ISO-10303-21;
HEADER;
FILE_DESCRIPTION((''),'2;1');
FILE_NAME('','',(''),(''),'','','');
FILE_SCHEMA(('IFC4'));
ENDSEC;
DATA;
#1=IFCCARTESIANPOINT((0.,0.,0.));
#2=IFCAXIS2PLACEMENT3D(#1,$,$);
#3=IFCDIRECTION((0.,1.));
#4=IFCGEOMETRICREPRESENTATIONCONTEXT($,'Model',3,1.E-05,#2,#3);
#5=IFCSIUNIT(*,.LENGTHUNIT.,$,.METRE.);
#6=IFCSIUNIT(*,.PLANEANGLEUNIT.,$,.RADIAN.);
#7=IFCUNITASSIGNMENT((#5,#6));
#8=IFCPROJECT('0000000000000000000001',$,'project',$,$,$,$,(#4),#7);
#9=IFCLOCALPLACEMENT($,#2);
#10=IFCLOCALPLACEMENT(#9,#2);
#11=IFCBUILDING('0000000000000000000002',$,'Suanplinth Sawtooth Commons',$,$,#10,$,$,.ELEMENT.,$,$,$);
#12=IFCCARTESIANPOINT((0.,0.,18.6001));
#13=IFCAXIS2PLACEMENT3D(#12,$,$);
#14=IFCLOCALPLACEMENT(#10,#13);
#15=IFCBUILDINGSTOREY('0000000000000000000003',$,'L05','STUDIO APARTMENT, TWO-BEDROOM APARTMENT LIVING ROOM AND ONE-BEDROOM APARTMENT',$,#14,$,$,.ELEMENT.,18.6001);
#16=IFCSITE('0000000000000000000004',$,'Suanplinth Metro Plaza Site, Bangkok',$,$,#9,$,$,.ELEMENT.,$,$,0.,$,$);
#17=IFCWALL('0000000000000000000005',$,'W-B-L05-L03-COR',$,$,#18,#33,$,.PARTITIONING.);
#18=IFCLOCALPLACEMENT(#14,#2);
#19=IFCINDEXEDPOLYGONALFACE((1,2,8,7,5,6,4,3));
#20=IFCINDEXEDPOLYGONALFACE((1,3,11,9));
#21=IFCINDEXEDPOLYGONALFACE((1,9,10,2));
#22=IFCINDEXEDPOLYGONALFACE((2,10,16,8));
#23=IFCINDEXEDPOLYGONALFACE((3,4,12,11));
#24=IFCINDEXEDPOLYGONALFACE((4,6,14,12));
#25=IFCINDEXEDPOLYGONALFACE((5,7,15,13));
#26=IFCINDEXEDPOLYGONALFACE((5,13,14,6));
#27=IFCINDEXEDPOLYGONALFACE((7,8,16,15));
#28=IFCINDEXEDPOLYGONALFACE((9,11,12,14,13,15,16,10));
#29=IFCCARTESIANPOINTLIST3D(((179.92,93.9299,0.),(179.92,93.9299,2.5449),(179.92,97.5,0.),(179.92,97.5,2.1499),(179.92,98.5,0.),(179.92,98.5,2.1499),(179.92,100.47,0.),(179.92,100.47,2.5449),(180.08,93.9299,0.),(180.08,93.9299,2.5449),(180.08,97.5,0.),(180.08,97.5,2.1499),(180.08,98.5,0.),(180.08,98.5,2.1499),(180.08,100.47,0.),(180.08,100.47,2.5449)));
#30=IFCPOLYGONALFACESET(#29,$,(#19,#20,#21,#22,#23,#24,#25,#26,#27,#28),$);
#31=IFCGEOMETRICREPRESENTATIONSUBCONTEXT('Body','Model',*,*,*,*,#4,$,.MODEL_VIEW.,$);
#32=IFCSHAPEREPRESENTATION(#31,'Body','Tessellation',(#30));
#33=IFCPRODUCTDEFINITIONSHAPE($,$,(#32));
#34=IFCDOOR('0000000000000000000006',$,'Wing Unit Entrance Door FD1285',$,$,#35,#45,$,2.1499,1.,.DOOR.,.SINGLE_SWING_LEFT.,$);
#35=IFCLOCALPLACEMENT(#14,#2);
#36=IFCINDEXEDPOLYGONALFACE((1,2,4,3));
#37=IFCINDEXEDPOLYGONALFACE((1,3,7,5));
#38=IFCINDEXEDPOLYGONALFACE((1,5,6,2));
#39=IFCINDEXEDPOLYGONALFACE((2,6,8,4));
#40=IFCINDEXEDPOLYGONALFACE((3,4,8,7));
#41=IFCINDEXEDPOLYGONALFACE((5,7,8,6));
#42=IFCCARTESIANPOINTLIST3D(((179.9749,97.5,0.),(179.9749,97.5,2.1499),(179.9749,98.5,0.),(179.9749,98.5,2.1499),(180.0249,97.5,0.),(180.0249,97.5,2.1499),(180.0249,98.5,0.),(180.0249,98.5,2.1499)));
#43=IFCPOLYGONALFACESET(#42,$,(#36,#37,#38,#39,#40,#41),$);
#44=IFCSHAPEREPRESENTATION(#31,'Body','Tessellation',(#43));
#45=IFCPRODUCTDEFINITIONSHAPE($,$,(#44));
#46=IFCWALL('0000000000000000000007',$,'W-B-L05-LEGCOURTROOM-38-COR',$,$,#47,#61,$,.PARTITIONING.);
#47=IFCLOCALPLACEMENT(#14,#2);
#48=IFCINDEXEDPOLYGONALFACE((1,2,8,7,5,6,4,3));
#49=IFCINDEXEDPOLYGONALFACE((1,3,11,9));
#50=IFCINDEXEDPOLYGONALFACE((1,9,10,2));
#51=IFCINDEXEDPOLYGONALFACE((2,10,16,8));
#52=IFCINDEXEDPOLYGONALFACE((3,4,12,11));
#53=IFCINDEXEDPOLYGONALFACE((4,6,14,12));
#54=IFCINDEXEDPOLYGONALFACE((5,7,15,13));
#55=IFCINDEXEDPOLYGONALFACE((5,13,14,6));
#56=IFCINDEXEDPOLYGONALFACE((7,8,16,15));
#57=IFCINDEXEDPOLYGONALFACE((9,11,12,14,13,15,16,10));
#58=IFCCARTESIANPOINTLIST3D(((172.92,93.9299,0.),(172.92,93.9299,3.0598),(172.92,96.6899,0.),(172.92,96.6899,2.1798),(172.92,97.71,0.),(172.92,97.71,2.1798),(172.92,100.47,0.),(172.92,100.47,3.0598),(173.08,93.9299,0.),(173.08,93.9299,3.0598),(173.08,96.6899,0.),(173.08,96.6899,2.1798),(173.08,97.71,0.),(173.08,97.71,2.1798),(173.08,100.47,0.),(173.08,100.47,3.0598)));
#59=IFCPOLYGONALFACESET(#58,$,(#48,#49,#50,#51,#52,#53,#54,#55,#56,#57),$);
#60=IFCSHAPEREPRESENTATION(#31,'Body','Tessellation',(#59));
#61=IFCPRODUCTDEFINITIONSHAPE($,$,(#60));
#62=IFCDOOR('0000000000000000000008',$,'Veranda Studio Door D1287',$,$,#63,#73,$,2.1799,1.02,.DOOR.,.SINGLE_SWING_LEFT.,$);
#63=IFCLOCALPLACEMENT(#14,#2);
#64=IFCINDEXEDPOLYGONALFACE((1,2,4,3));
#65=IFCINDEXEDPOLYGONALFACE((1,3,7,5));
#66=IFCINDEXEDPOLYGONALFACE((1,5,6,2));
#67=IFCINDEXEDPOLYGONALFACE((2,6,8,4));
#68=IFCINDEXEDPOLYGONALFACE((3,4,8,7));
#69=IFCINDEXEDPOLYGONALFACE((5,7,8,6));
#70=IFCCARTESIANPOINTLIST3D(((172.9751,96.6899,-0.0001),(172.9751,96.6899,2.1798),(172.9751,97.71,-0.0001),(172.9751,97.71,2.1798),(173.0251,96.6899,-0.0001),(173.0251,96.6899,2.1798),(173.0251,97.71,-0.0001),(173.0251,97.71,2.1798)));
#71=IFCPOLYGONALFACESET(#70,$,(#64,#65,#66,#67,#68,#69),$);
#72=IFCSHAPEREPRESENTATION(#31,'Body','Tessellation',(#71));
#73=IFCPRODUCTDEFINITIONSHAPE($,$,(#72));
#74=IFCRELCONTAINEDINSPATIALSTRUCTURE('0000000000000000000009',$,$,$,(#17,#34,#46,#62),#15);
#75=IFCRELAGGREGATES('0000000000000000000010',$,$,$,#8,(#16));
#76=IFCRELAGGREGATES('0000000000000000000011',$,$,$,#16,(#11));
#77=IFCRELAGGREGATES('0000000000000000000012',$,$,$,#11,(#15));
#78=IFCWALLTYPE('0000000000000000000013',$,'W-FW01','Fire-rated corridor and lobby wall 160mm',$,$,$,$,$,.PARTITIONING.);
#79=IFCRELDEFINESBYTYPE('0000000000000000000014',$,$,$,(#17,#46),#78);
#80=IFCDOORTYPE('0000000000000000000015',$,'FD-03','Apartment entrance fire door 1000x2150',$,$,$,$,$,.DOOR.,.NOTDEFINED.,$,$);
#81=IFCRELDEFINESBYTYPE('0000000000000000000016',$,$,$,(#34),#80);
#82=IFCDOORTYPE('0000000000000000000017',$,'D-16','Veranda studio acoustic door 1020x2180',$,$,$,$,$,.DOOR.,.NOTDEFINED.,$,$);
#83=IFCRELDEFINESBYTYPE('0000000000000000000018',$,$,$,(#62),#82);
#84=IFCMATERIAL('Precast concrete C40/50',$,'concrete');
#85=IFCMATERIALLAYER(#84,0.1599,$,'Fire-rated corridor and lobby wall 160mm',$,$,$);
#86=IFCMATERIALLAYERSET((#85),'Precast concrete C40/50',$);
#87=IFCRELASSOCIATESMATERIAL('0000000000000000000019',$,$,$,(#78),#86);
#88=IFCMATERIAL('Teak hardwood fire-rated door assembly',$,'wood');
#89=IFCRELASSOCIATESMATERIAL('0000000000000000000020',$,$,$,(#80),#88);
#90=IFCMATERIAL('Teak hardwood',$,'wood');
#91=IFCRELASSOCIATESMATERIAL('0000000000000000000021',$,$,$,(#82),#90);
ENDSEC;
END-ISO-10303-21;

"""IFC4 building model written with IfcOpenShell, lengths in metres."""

from ifc_helpers import new_model, si_unit, direction, frame, frame_2d, origin, place, context, subcontext, project, spatial, rectangle, extrude, material, layer, layer_set, type_object, element, fill, save


model = new_model("IFC4")

# Units and contexts
model_context = context("Model", 3, precision=1e-05, world=origin(), true_north=direction((0.0, 1.0)))
body_context = subcontext(model_context, "Body", "Model", "MODEL_VIEW")
ifc_project = project(units=[si_unit("LENGTHUNIT", "METRE"), si_unit("PLANEANGLEUNIT", "RADIAN")], contexts=[model_context])

# Site, building, storey
site_placement = place(None, origin())
site = spatial("IfcSite", under=ifc_project, at=site_placement, Name="Suanplinth Metro Plaza Site, Bangkok", CompositionType="ELEMENT", RefElevation=0.0)
building_placement = place(site_placement, origin())
building = spatial("IfcBuilding", under=site, at=building_placement, Name="Suanplinth Sawtooth Commons", CompositionType="ELEMENT")
storey_placement = place(building_placement, frame((0.0, 0.0, 18.6001)))
storey = spatial("IfcBuildingStorey", under=building, at=storey_placement, Name="L05", Description="STUDIO APARTMENT, TWO-BEDROOM APARTMENT LIVING ROOM AND ONE-BEDROOM APARTMENT", CompositionType="ELEMENT", Elevation=18.6001)

# Shared definitions
ifc_material_1 = material(Name="Precast concrete C40/50", Category="concrete")

# Walls, openings, doors
ifc_layer_1 = layer(ifc_material_1, 0.1599, Name="Fire-rated corridor and lobby wall 160mm")
ifc_layer_set_1 = layer_set([ifc_layer_1], Name="Precast concrete C40/50")
wall_type_1 = type_object("IfcWallType", Name="W-FW01", Description="Fire-rated corridor and lobby wall 160mm", PredefinedType="PARTITIONING", material=ifc_layer_set_1)
ifc_material_2 = material(Name="Teak hardwood fire-rated door assembly", Category="wood")
door_type_1 = type_object("IfcDoorType", Name="FD-03", Description="Apartment entrance fire door 1000x2150", OperationType="NOTDEFINED", PredefinedType="DOOR", material=ifc_material_2)
ifc_material_3 = material(Name="Teak hardwood", Category="wood")
door_type_2 = type_object("IfcDoorType", Name="D-16", Description="Veranda studio acoustic door 1020x2180", OperationType="NOTDEFINED", PredefinedType="DOOR", material=ifc_material_3)
wall_1_placement = place(storey_placement, frame((180.0, 93.9299, 0.0), z_axis=(0.0, 0.0, 1.0), x_axis=(0.0, 1.0, 0.0)))
wall_1 = element("IfcWall", 1, at=wall_1_placement, inside=storey, type_object=wall_type_1, Name="W-B-L05-L03-COR", PredefinedType="PARTITIONING", context=body_context, shape_type="SweptSolid", body=[
    extrude(rectangle(XDim=6.54, YDim=0.1599, at=frame_2d((3.27, 0.0))), origin(), (0.0, 0.0, 1.0), 2.5449),
])
opening_1_placement = place(wall_1_placement, frame((3.5701, 0.0, 0.0)))
opening_1 = element("IfcOpeningElement", 2, at=opening_1_placement, cuts=wall_1, PredefinedType="OPENING", context=body_context, shape_type="SweptSolid", body=[
    extrude(rectangle(XDim=1.0, YDim=2.1499, at=frame_2d((0.5, 1.075))), frame((0.0, 0.0947, 0.0), z_axis=(0.0, -1.0, 0.0), x_axis=(1.0, 0.0, 0.0)), (0.0, 0.0, 1.0), 0.1897),
])
door_1_placement = place(opening_1_placement, frame((1.0, 0.0, 0.0), z_axis=(0.0, 0.0, 1.0), x_axis=(-1.0, 0.0, 0.0)))
door_1 = element("IfcDoor", 3, at=door_1_placement, inside=storey, type_object=door_type_1, Name="Wing Unit Entrance Door FD1285", OperationType="SINGLE_SWING_LEFT", OverallHeight=2.1499, OverallWidth=1.0, PredefinedType="DOOR", context=body_context, shape_type="SweptSolid", body=[
    extrude(rectangle(XDim=1.0, YDim=2.1499, at=frame_2d((0.5, 1.075))), frame((0.0, 0.0249, 0.0), z_axis=(0.0, -1.0, 0.0), x_axis=(1.0, 0.0, 0.0)), (0.0, 0.0, 1.0), 0.05),
])
fill(opening_1, door_1)
wall_2_placement = place(storey_placement, frame((173.0, 93.9299, 0.0), z_axis=(0.0, 0.0, 1.0), x_axis=(0.0, 1.0, 0.0)))
wall_2 = element("IfcWall", 4, at=wall_2_placement, inside=storey, type_object=wall_type_1, Name="W-B-L05-LEGCOURTROOM-38-COR", PredefinedType="PARTITIONING", context=body_context, shape_type="SweptSolid", body=[
    extrude(rectangle(XDim=6.54, YDim=0.1599, at=frame_2d((3.27, 0.0))), origin(), (0.0, 0.0, 1.0), 3.0598),
])
opening_2_placement = place(wall_2_placement, frame((2.76, 0.0, 0.0)))
opening_2 = element("IfcOpeningElement", 5, at=opening_2_placement, cuts=wall_2, PredefinedType="OPENING", context=body_context, shape_type="SweptSolid", body=[
    extrude(rectangle(XDim=1.02, YDim=2.1799, at=frame_2d((0.51, 1.0898))), frame((0.0, 0.0947, 0.0), z_axis=(0.0, -1.0, 0.0), x_axis=(1.0, 0.0, 0.0)), (0.0, 0.0, 1.0), 0.1897),
])
door_2_placement = place(opening_2_placement, origin())
door_2 = element("IfcDoor", 6, at=door_2_placement, inside=storey, type_object=door_type_2, Name="Veranda Studio Door D1287", OperationType="SINGLE_SWING_LEFT", OverallHeight=2.1799, OverallWidth=1.02, PredefinedType="DOOR", context=body_context, shape_type="SweptSolid", body=[
    extrude(rectangle(XDim=1.02, YDim=2.1799, at=frame_2d((0.51, 1.0898))), frame((0.0, 0.0249, 0.0), z_axis=(0.0, -1.0, 0.0), x_axis=(1.0, 0.0, 0.0)), (0.0, 0.0, 1.0), 0.05),
])
fill(opening_2, door_2)

save(model, "model.ifc")
